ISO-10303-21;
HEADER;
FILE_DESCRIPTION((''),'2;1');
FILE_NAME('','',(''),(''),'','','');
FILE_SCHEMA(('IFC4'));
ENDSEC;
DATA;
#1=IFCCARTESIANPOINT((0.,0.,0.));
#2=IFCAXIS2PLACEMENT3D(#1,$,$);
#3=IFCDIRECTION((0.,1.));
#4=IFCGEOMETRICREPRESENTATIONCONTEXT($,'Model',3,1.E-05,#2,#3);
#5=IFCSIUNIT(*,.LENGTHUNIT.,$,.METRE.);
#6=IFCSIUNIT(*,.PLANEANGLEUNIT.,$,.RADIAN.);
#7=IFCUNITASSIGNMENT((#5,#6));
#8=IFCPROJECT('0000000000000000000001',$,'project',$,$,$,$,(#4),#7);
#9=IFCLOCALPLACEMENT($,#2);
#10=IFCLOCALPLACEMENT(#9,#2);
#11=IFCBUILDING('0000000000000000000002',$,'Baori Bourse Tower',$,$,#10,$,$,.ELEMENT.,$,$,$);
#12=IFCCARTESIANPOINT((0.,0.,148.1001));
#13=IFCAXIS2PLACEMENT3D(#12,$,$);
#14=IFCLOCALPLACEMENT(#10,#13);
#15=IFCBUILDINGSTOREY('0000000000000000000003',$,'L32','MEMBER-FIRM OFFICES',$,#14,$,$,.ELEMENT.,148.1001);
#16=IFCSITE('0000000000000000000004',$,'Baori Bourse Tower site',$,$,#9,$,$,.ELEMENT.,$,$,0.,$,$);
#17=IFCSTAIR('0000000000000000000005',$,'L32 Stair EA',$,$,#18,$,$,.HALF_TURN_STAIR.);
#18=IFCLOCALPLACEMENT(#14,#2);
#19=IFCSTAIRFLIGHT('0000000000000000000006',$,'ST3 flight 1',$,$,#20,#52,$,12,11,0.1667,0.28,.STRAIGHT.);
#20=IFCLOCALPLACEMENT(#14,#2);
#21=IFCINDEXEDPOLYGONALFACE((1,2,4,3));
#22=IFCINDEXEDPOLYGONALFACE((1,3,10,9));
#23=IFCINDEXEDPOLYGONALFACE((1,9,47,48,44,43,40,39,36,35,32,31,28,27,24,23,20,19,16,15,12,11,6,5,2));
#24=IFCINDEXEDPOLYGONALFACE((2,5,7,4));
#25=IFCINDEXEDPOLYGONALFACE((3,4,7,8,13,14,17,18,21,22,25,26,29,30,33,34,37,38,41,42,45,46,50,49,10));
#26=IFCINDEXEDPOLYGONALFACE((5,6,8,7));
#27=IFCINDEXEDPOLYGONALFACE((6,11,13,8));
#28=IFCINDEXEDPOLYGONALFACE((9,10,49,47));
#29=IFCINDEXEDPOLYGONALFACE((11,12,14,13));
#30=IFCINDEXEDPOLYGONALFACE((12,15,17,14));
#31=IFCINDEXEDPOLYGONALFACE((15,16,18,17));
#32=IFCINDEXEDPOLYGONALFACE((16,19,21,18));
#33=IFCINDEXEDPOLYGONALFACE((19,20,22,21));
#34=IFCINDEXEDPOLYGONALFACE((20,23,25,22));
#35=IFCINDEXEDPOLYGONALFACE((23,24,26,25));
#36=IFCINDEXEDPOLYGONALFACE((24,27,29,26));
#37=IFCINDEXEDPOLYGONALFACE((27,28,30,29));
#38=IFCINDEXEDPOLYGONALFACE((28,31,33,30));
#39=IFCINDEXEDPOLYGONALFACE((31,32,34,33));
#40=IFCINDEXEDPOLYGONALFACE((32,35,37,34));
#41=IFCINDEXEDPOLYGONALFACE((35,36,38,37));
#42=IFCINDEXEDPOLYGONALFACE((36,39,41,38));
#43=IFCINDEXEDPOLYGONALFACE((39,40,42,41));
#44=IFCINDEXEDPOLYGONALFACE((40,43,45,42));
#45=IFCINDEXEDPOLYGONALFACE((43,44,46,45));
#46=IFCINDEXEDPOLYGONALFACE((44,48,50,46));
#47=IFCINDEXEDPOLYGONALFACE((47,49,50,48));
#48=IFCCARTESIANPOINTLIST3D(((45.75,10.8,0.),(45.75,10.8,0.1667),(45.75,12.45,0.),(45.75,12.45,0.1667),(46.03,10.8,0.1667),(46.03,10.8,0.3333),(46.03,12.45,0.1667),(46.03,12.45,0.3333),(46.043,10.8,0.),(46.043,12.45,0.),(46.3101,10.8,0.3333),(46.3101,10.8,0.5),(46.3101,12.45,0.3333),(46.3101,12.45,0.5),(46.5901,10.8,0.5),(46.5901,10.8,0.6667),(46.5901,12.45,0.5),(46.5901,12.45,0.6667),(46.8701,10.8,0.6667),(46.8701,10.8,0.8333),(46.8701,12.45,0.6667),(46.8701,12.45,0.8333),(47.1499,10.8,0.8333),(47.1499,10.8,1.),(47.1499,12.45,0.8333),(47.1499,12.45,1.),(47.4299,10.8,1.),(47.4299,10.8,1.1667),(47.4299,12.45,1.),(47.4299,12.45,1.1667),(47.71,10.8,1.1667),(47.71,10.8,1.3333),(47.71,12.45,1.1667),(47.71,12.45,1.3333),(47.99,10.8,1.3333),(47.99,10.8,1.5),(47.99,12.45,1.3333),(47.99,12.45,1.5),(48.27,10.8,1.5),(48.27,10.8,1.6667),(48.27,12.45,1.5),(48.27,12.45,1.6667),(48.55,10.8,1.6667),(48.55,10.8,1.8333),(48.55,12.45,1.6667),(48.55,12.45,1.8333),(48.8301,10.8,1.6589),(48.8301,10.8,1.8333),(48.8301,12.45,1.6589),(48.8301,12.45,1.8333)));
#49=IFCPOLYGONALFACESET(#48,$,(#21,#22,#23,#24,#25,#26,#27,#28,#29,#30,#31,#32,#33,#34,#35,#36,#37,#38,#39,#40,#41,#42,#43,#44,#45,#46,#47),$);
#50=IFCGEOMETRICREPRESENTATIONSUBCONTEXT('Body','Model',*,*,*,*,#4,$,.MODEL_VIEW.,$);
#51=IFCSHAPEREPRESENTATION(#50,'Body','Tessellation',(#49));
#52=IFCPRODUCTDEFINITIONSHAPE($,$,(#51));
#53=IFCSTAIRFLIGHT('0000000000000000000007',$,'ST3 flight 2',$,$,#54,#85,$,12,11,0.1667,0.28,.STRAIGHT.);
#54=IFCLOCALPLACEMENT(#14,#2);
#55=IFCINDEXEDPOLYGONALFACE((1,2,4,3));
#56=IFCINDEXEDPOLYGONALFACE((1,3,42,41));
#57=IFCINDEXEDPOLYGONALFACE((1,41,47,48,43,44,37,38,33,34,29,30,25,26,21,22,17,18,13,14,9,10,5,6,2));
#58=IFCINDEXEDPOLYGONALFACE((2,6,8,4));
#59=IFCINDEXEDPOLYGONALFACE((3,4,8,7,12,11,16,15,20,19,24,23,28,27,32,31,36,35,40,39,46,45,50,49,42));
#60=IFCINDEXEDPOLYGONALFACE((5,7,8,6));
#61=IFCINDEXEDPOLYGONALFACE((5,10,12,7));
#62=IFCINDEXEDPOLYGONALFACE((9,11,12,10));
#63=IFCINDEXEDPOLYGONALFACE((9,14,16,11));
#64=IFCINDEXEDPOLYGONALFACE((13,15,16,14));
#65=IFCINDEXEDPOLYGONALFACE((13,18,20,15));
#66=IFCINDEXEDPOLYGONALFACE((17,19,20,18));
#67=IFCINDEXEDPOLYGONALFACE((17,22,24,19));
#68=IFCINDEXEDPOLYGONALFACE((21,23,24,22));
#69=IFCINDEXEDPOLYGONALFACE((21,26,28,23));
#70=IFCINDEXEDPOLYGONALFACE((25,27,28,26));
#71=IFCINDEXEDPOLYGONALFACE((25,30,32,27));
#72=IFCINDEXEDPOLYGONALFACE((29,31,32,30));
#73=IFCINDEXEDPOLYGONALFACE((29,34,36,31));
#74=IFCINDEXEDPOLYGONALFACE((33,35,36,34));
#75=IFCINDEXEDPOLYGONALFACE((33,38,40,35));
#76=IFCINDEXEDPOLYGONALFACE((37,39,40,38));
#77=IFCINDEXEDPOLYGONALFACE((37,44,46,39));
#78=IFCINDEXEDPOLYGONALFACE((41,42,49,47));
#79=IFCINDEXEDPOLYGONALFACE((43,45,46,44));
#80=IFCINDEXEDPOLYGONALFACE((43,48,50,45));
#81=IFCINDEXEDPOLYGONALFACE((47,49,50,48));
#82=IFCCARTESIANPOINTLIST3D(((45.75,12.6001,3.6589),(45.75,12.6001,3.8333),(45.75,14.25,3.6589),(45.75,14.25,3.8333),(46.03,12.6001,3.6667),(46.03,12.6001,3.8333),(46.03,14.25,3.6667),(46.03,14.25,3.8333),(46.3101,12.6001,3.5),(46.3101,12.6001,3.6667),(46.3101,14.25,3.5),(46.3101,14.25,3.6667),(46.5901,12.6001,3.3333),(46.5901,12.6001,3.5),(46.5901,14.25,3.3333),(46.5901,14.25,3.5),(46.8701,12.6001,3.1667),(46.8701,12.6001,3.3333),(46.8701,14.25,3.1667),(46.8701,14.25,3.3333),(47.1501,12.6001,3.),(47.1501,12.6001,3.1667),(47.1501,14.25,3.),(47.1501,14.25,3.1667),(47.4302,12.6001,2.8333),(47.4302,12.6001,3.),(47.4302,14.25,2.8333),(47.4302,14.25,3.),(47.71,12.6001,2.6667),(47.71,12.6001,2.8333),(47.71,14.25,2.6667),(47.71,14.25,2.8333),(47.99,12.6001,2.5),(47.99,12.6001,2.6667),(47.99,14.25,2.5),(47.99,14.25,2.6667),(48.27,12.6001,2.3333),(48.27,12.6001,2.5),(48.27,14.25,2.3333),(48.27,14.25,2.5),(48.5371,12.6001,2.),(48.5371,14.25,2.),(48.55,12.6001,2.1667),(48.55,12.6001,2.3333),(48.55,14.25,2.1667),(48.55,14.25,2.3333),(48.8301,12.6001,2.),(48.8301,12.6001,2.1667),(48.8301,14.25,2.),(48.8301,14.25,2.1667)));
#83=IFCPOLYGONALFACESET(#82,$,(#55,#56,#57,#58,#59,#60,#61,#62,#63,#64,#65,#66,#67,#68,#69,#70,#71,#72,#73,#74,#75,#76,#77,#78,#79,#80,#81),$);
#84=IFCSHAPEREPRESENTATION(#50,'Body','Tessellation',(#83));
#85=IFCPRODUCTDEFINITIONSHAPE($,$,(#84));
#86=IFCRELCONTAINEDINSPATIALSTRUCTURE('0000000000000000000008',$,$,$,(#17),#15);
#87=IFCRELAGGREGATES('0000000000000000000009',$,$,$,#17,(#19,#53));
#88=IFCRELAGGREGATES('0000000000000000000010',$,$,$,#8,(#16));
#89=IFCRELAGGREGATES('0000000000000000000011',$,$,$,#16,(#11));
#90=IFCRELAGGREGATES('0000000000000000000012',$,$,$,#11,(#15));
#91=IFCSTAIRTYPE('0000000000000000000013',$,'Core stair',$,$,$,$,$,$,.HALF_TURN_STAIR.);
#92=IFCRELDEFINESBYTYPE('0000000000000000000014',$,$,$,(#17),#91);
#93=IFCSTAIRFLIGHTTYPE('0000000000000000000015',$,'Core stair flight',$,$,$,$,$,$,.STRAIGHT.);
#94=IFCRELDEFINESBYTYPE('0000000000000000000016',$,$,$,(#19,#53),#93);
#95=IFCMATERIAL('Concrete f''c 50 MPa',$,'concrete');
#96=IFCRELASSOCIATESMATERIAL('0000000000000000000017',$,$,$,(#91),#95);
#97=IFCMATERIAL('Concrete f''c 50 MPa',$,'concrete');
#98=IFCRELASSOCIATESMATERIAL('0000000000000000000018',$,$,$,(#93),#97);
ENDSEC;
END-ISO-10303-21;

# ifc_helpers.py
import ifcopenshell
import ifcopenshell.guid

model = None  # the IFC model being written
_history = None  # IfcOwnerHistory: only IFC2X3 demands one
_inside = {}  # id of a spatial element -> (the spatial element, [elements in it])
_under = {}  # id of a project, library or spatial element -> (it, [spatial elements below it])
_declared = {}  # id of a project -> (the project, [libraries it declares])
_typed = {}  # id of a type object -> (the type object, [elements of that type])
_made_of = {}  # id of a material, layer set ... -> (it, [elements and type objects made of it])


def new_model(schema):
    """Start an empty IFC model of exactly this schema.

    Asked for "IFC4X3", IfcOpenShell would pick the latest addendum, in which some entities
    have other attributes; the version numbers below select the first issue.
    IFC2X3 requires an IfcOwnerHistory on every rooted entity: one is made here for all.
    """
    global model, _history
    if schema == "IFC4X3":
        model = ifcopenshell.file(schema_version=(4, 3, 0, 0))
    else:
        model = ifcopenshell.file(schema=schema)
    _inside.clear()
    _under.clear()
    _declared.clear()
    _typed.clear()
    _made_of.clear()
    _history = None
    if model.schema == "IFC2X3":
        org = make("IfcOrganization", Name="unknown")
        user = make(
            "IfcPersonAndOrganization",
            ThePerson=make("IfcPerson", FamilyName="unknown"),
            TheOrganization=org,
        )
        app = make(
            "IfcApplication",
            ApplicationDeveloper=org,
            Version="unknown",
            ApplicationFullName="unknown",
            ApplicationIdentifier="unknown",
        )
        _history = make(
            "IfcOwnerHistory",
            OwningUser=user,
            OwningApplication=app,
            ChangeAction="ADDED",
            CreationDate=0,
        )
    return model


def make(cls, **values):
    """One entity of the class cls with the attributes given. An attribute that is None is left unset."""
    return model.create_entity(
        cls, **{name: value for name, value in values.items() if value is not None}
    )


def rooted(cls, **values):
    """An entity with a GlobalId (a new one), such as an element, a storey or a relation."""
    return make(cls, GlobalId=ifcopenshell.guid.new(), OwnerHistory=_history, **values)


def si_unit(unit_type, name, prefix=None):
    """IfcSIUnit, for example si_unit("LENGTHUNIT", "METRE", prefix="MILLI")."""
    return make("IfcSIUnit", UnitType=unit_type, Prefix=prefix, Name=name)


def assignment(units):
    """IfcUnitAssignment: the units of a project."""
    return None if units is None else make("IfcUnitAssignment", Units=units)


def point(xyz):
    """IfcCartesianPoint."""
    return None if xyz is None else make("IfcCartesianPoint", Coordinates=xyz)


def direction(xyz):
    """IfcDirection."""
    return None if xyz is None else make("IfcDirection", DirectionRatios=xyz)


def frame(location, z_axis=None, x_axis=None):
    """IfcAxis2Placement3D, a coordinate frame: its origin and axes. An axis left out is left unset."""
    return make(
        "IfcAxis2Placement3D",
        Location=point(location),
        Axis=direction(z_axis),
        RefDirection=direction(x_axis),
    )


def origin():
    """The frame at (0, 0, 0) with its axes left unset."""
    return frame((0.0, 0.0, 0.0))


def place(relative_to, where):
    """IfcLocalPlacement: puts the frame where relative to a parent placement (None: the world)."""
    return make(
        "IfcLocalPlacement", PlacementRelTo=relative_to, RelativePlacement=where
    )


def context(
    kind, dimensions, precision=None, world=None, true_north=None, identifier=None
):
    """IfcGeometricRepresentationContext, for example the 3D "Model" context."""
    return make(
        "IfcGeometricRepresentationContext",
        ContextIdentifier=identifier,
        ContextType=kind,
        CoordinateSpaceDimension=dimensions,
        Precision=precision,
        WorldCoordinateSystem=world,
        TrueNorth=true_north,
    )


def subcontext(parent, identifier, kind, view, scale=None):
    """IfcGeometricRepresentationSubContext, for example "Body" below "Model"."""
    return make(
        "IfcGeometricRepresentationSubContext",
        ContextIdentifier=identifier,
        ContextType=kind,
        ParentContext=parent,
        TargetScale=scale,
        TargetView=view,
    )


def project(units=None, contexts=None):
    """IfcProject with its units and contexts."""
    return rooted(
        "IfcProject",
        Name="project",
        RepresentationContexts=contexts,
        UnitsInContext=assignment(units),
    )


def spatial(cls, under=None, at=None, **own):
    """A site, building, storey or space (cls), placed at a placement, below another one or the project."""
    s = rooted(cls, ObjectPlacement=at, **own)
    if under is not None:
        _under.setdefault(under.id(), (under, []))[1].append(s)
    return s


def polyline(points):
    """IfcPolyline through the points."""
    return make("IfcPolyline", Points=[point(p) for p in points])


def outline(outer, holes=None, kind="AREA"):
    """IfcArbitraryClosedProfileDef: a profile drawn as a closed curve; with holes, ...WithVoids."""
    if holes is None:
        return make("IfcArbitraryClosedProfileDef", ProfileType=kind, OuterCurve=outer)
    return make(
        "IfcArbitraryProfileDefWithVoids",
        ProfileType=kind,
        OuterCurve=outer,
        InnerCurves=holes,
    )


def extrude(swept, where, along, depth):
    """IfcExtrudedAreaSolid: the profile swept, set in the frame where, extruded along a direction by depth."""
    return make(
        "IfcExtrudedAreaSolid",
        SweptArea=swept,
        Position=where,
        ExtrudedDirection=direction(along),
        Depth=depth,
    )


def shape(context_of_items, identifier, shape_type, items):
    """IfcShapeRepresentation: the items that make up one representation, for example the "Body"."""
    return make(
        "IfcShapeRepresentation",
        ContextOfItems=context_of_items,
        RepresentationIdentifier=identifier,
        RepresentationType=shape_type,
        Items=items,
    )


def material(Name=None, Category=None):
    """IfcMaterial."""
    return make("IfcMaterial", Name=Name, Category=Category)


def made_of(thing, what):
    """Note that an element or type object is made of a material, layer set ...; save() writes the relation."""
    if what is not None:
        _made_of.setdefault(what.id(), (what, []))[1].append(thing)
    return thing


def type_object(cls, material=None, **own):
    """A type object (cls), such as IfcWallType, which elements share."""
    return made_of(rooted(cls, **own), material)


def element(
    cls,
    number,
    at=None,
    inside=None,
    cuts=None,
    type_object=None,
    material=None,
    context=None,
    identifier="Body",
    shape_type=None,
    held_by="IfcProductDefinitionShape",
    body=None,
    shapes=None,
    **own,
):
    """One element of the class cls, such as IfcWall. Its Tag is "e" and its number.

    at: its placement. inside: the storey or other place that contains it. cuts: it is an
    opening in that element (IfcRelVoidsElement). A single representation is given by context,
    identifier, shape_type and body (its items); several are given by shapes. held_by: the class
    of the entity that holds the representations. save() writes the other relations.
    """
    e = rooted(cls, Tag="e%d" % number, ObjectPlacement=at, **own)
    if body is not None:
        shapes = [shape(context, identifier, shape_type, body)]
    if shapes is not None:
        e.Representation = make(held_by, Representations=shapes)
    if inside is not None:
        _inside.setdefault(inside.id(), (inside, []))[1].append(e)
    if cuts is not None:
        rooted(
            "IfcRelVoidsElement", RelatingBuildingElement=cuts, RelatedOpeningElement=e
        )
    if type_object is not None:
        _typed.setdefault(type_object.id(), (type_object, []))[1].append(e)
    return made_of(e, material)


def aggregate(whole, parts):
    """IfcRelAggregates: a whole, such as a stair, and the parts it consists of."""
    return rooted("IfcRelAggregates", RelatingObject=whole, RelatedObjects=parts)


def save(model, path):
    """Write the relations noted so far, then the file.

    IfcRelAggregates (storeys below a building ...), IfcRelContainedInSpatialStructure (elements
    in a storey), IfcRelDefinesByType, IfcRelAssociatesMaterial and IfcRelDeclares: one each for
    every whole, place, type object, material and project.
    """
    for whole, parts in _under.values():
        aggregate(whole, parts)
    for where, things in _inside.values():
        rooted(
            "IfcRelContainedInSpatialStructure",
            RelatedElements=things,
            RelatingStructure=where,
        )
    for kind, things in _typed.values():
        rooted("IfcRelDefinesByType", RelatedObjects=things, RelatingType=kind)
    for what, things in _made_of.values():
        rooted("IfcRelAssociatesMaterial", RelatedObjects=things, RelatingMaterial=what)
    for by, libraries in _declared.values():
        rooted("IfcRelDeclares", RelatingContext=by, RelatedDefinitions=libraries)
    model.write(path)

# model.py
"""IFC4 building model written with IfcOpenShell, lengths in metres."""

from ifc_helpers import new_model, si_unit, direction, frame, origin, place, context, subcontext, project, spatial, polyline, outline, extrude, material, type_object, element, aggregate, save


model = new_model("IFC4")

# Units and contexts
model_context = context("Model", 3, precision=1e-05, world=origin(), true_north=direction((0.0, 1.0)))
body_context = subcontext(model_context, "Body", "Model", "MODEL_VIEW")
ifc_project = project(units=[si_unit("LENGTHUNIT", "METRE"), si_unit("PLANEANGLEUNIT", "RADIAN")], contexts=[model_context])

# Site, building, storey
site_placement = place(None, origin())
site = spatial("IfcSite", under=ifc_project, at=site_placement, Name="Baori Bourse Tower site", CompositionType="ELEMENT", RefElevation=0.0)
building_placement = place(site_placement, origin())
building = spatial("IfcBuilding", under=site, at=building_placement, Name="Baori Bourse Tower", CompositionType="ELEMENT")
storey_placement = place(building_placement, frame((0.0, 0.0, 148.1001)))
storey = spatial("IfcBuildingStorey", under=building, at=storey_placement, Name="L32", Description="MEMBER-FIRM OFFICES", CompositionType="ELEMENT", Elevation=148.1001)

# Stair, stair flights
ifc_material_1 = material(Name="Concrete f'c 50 MPa", Category="concrete")
stair_type = type_object("IfcStairType", Name="Core stair", PredefinedType="HALF_TURN_STAIR", material=ifc_material_1)
stair_placement = place(storey_placement, origin())
stair = element("IfcStair", 1, at=stair_placement, inside=storey, type_object=stair_type, Name="L32 Stair EA", PredefinedType="HALF_TURN_STAIR")
ifc_material_2 = material(Name="Concrete f'c 50 MPa", Category="concrete")
stair_flight_type = type_object("IfcStairFlightType", Name="Core stair flight", PredefinedType="STRAIGHT", material=ifc_material_2)
stair_flight_1_placement = place(storey_placement, frame((45.75, 11.625, 0.0), z_axis=(0.0, 0.0, 1.0), x_axis=(1.0, 0.0, 0.0)))
stair_flight_1 = element("IfcStairFlight", 2, at=stair_flight_1_placement, type_object=stair_flight_type, Name="ST3 flight 1", NumberOfRisers=12, NumberOfTreads=11, PredefinedType="STRAIGHT", RiserHeight=0.1667, TreadLength=0.28, context=body_context, shape_type="SweptSolid", body=[
    extrude(outline(polyline([(0.0, 0.0), (0.0, 0.1667), (0.28, 0.1667), (0.28, 0.3333), (0.5601, 0.3333), (0.5601, 0.5), (0.8401, 0.5), (0.8401, 0.6667), (1.1201, 0.6667), (1.1201, 0.8333), (1.3999, 0.8333), (1.3999, 1.0), (1.6799, 1.0), (1.6799, 1.1667), (1.96, 1.1667), (1.96, 1.3333), (2.24, 1.3333), (2.24, 1.5), (2.52, 1.5), (2.52, 1.6667), (2.8, 1.6667), (2.8, 1.8333), (3.0801, 1.8333), (3.0801, 2.0), (3.0801, 1.6589), (0.293, 0.0), (0.0, 0.0)])), frame((0.0, 0.825, 0.0), z_axis=(0.0, -1.0, 0.0), x_axis=(1.0, 0.0, 0.0)), (0.0, 0.0, 1.0), 1.6499),
])
stair_flight_2_placement = place(storey_placement, frame((48.8301, 13.425, 2.0), z_axis=(0.0, 0.0, 1.0), x_axis=(-1.0, 0.0, 0.0)))
stair_flight_2 = element("IfcStairFlight", 3, at=stair_flight_2_placement, type_object=stair_flight_type, Name="ST3 flight 2", NumberOfRisers=12, NumberOfTreads=11, PredefinedType="STRAIGHT", RiserHeight=0.1667, TreadLength=0.28, context=body_context, shape_type="SweptSolid", body=[
    extrude(outline(polyline([(0.0, 0.0), (0.0, 0.1667), (0.28, 0.1667), (0.28, 0.3333), (0.5601, 0.3333), (0.5601, 0.5), (0.8401, 0.5), (0.8401, 0.6667), (1.1201, 0.6667), (1.1201, 0.8333), (1.3999, 0.8333), (1.3999, 1.0), (1.6799, 1.0), (1.6799, 1.1667), (1.96, 1.1667), (1.96, 1.3333), (2.24, 1.3333), (2.24, 1.5), (2.52, 1.5), (2.52, 1.6667), (2.8, 1.6667), (2.8, 1.8333), (3.0801, 1.8333), (3.0801, 2.0), (3.0801, 1.6589), (0.293, 0.0), (0.0, 0.0)])), frame((0.0, 0.825, 0.0), z_axis=(0.0, -1.0, 0.0), x_axis=(1.0, 0.0, 0.0)), (0.0, 0.0, 1.0), 1.6499),
])
aggregate(stair, [stair_flight_1, stair_flight_2])

save(model, "model.ifc")
